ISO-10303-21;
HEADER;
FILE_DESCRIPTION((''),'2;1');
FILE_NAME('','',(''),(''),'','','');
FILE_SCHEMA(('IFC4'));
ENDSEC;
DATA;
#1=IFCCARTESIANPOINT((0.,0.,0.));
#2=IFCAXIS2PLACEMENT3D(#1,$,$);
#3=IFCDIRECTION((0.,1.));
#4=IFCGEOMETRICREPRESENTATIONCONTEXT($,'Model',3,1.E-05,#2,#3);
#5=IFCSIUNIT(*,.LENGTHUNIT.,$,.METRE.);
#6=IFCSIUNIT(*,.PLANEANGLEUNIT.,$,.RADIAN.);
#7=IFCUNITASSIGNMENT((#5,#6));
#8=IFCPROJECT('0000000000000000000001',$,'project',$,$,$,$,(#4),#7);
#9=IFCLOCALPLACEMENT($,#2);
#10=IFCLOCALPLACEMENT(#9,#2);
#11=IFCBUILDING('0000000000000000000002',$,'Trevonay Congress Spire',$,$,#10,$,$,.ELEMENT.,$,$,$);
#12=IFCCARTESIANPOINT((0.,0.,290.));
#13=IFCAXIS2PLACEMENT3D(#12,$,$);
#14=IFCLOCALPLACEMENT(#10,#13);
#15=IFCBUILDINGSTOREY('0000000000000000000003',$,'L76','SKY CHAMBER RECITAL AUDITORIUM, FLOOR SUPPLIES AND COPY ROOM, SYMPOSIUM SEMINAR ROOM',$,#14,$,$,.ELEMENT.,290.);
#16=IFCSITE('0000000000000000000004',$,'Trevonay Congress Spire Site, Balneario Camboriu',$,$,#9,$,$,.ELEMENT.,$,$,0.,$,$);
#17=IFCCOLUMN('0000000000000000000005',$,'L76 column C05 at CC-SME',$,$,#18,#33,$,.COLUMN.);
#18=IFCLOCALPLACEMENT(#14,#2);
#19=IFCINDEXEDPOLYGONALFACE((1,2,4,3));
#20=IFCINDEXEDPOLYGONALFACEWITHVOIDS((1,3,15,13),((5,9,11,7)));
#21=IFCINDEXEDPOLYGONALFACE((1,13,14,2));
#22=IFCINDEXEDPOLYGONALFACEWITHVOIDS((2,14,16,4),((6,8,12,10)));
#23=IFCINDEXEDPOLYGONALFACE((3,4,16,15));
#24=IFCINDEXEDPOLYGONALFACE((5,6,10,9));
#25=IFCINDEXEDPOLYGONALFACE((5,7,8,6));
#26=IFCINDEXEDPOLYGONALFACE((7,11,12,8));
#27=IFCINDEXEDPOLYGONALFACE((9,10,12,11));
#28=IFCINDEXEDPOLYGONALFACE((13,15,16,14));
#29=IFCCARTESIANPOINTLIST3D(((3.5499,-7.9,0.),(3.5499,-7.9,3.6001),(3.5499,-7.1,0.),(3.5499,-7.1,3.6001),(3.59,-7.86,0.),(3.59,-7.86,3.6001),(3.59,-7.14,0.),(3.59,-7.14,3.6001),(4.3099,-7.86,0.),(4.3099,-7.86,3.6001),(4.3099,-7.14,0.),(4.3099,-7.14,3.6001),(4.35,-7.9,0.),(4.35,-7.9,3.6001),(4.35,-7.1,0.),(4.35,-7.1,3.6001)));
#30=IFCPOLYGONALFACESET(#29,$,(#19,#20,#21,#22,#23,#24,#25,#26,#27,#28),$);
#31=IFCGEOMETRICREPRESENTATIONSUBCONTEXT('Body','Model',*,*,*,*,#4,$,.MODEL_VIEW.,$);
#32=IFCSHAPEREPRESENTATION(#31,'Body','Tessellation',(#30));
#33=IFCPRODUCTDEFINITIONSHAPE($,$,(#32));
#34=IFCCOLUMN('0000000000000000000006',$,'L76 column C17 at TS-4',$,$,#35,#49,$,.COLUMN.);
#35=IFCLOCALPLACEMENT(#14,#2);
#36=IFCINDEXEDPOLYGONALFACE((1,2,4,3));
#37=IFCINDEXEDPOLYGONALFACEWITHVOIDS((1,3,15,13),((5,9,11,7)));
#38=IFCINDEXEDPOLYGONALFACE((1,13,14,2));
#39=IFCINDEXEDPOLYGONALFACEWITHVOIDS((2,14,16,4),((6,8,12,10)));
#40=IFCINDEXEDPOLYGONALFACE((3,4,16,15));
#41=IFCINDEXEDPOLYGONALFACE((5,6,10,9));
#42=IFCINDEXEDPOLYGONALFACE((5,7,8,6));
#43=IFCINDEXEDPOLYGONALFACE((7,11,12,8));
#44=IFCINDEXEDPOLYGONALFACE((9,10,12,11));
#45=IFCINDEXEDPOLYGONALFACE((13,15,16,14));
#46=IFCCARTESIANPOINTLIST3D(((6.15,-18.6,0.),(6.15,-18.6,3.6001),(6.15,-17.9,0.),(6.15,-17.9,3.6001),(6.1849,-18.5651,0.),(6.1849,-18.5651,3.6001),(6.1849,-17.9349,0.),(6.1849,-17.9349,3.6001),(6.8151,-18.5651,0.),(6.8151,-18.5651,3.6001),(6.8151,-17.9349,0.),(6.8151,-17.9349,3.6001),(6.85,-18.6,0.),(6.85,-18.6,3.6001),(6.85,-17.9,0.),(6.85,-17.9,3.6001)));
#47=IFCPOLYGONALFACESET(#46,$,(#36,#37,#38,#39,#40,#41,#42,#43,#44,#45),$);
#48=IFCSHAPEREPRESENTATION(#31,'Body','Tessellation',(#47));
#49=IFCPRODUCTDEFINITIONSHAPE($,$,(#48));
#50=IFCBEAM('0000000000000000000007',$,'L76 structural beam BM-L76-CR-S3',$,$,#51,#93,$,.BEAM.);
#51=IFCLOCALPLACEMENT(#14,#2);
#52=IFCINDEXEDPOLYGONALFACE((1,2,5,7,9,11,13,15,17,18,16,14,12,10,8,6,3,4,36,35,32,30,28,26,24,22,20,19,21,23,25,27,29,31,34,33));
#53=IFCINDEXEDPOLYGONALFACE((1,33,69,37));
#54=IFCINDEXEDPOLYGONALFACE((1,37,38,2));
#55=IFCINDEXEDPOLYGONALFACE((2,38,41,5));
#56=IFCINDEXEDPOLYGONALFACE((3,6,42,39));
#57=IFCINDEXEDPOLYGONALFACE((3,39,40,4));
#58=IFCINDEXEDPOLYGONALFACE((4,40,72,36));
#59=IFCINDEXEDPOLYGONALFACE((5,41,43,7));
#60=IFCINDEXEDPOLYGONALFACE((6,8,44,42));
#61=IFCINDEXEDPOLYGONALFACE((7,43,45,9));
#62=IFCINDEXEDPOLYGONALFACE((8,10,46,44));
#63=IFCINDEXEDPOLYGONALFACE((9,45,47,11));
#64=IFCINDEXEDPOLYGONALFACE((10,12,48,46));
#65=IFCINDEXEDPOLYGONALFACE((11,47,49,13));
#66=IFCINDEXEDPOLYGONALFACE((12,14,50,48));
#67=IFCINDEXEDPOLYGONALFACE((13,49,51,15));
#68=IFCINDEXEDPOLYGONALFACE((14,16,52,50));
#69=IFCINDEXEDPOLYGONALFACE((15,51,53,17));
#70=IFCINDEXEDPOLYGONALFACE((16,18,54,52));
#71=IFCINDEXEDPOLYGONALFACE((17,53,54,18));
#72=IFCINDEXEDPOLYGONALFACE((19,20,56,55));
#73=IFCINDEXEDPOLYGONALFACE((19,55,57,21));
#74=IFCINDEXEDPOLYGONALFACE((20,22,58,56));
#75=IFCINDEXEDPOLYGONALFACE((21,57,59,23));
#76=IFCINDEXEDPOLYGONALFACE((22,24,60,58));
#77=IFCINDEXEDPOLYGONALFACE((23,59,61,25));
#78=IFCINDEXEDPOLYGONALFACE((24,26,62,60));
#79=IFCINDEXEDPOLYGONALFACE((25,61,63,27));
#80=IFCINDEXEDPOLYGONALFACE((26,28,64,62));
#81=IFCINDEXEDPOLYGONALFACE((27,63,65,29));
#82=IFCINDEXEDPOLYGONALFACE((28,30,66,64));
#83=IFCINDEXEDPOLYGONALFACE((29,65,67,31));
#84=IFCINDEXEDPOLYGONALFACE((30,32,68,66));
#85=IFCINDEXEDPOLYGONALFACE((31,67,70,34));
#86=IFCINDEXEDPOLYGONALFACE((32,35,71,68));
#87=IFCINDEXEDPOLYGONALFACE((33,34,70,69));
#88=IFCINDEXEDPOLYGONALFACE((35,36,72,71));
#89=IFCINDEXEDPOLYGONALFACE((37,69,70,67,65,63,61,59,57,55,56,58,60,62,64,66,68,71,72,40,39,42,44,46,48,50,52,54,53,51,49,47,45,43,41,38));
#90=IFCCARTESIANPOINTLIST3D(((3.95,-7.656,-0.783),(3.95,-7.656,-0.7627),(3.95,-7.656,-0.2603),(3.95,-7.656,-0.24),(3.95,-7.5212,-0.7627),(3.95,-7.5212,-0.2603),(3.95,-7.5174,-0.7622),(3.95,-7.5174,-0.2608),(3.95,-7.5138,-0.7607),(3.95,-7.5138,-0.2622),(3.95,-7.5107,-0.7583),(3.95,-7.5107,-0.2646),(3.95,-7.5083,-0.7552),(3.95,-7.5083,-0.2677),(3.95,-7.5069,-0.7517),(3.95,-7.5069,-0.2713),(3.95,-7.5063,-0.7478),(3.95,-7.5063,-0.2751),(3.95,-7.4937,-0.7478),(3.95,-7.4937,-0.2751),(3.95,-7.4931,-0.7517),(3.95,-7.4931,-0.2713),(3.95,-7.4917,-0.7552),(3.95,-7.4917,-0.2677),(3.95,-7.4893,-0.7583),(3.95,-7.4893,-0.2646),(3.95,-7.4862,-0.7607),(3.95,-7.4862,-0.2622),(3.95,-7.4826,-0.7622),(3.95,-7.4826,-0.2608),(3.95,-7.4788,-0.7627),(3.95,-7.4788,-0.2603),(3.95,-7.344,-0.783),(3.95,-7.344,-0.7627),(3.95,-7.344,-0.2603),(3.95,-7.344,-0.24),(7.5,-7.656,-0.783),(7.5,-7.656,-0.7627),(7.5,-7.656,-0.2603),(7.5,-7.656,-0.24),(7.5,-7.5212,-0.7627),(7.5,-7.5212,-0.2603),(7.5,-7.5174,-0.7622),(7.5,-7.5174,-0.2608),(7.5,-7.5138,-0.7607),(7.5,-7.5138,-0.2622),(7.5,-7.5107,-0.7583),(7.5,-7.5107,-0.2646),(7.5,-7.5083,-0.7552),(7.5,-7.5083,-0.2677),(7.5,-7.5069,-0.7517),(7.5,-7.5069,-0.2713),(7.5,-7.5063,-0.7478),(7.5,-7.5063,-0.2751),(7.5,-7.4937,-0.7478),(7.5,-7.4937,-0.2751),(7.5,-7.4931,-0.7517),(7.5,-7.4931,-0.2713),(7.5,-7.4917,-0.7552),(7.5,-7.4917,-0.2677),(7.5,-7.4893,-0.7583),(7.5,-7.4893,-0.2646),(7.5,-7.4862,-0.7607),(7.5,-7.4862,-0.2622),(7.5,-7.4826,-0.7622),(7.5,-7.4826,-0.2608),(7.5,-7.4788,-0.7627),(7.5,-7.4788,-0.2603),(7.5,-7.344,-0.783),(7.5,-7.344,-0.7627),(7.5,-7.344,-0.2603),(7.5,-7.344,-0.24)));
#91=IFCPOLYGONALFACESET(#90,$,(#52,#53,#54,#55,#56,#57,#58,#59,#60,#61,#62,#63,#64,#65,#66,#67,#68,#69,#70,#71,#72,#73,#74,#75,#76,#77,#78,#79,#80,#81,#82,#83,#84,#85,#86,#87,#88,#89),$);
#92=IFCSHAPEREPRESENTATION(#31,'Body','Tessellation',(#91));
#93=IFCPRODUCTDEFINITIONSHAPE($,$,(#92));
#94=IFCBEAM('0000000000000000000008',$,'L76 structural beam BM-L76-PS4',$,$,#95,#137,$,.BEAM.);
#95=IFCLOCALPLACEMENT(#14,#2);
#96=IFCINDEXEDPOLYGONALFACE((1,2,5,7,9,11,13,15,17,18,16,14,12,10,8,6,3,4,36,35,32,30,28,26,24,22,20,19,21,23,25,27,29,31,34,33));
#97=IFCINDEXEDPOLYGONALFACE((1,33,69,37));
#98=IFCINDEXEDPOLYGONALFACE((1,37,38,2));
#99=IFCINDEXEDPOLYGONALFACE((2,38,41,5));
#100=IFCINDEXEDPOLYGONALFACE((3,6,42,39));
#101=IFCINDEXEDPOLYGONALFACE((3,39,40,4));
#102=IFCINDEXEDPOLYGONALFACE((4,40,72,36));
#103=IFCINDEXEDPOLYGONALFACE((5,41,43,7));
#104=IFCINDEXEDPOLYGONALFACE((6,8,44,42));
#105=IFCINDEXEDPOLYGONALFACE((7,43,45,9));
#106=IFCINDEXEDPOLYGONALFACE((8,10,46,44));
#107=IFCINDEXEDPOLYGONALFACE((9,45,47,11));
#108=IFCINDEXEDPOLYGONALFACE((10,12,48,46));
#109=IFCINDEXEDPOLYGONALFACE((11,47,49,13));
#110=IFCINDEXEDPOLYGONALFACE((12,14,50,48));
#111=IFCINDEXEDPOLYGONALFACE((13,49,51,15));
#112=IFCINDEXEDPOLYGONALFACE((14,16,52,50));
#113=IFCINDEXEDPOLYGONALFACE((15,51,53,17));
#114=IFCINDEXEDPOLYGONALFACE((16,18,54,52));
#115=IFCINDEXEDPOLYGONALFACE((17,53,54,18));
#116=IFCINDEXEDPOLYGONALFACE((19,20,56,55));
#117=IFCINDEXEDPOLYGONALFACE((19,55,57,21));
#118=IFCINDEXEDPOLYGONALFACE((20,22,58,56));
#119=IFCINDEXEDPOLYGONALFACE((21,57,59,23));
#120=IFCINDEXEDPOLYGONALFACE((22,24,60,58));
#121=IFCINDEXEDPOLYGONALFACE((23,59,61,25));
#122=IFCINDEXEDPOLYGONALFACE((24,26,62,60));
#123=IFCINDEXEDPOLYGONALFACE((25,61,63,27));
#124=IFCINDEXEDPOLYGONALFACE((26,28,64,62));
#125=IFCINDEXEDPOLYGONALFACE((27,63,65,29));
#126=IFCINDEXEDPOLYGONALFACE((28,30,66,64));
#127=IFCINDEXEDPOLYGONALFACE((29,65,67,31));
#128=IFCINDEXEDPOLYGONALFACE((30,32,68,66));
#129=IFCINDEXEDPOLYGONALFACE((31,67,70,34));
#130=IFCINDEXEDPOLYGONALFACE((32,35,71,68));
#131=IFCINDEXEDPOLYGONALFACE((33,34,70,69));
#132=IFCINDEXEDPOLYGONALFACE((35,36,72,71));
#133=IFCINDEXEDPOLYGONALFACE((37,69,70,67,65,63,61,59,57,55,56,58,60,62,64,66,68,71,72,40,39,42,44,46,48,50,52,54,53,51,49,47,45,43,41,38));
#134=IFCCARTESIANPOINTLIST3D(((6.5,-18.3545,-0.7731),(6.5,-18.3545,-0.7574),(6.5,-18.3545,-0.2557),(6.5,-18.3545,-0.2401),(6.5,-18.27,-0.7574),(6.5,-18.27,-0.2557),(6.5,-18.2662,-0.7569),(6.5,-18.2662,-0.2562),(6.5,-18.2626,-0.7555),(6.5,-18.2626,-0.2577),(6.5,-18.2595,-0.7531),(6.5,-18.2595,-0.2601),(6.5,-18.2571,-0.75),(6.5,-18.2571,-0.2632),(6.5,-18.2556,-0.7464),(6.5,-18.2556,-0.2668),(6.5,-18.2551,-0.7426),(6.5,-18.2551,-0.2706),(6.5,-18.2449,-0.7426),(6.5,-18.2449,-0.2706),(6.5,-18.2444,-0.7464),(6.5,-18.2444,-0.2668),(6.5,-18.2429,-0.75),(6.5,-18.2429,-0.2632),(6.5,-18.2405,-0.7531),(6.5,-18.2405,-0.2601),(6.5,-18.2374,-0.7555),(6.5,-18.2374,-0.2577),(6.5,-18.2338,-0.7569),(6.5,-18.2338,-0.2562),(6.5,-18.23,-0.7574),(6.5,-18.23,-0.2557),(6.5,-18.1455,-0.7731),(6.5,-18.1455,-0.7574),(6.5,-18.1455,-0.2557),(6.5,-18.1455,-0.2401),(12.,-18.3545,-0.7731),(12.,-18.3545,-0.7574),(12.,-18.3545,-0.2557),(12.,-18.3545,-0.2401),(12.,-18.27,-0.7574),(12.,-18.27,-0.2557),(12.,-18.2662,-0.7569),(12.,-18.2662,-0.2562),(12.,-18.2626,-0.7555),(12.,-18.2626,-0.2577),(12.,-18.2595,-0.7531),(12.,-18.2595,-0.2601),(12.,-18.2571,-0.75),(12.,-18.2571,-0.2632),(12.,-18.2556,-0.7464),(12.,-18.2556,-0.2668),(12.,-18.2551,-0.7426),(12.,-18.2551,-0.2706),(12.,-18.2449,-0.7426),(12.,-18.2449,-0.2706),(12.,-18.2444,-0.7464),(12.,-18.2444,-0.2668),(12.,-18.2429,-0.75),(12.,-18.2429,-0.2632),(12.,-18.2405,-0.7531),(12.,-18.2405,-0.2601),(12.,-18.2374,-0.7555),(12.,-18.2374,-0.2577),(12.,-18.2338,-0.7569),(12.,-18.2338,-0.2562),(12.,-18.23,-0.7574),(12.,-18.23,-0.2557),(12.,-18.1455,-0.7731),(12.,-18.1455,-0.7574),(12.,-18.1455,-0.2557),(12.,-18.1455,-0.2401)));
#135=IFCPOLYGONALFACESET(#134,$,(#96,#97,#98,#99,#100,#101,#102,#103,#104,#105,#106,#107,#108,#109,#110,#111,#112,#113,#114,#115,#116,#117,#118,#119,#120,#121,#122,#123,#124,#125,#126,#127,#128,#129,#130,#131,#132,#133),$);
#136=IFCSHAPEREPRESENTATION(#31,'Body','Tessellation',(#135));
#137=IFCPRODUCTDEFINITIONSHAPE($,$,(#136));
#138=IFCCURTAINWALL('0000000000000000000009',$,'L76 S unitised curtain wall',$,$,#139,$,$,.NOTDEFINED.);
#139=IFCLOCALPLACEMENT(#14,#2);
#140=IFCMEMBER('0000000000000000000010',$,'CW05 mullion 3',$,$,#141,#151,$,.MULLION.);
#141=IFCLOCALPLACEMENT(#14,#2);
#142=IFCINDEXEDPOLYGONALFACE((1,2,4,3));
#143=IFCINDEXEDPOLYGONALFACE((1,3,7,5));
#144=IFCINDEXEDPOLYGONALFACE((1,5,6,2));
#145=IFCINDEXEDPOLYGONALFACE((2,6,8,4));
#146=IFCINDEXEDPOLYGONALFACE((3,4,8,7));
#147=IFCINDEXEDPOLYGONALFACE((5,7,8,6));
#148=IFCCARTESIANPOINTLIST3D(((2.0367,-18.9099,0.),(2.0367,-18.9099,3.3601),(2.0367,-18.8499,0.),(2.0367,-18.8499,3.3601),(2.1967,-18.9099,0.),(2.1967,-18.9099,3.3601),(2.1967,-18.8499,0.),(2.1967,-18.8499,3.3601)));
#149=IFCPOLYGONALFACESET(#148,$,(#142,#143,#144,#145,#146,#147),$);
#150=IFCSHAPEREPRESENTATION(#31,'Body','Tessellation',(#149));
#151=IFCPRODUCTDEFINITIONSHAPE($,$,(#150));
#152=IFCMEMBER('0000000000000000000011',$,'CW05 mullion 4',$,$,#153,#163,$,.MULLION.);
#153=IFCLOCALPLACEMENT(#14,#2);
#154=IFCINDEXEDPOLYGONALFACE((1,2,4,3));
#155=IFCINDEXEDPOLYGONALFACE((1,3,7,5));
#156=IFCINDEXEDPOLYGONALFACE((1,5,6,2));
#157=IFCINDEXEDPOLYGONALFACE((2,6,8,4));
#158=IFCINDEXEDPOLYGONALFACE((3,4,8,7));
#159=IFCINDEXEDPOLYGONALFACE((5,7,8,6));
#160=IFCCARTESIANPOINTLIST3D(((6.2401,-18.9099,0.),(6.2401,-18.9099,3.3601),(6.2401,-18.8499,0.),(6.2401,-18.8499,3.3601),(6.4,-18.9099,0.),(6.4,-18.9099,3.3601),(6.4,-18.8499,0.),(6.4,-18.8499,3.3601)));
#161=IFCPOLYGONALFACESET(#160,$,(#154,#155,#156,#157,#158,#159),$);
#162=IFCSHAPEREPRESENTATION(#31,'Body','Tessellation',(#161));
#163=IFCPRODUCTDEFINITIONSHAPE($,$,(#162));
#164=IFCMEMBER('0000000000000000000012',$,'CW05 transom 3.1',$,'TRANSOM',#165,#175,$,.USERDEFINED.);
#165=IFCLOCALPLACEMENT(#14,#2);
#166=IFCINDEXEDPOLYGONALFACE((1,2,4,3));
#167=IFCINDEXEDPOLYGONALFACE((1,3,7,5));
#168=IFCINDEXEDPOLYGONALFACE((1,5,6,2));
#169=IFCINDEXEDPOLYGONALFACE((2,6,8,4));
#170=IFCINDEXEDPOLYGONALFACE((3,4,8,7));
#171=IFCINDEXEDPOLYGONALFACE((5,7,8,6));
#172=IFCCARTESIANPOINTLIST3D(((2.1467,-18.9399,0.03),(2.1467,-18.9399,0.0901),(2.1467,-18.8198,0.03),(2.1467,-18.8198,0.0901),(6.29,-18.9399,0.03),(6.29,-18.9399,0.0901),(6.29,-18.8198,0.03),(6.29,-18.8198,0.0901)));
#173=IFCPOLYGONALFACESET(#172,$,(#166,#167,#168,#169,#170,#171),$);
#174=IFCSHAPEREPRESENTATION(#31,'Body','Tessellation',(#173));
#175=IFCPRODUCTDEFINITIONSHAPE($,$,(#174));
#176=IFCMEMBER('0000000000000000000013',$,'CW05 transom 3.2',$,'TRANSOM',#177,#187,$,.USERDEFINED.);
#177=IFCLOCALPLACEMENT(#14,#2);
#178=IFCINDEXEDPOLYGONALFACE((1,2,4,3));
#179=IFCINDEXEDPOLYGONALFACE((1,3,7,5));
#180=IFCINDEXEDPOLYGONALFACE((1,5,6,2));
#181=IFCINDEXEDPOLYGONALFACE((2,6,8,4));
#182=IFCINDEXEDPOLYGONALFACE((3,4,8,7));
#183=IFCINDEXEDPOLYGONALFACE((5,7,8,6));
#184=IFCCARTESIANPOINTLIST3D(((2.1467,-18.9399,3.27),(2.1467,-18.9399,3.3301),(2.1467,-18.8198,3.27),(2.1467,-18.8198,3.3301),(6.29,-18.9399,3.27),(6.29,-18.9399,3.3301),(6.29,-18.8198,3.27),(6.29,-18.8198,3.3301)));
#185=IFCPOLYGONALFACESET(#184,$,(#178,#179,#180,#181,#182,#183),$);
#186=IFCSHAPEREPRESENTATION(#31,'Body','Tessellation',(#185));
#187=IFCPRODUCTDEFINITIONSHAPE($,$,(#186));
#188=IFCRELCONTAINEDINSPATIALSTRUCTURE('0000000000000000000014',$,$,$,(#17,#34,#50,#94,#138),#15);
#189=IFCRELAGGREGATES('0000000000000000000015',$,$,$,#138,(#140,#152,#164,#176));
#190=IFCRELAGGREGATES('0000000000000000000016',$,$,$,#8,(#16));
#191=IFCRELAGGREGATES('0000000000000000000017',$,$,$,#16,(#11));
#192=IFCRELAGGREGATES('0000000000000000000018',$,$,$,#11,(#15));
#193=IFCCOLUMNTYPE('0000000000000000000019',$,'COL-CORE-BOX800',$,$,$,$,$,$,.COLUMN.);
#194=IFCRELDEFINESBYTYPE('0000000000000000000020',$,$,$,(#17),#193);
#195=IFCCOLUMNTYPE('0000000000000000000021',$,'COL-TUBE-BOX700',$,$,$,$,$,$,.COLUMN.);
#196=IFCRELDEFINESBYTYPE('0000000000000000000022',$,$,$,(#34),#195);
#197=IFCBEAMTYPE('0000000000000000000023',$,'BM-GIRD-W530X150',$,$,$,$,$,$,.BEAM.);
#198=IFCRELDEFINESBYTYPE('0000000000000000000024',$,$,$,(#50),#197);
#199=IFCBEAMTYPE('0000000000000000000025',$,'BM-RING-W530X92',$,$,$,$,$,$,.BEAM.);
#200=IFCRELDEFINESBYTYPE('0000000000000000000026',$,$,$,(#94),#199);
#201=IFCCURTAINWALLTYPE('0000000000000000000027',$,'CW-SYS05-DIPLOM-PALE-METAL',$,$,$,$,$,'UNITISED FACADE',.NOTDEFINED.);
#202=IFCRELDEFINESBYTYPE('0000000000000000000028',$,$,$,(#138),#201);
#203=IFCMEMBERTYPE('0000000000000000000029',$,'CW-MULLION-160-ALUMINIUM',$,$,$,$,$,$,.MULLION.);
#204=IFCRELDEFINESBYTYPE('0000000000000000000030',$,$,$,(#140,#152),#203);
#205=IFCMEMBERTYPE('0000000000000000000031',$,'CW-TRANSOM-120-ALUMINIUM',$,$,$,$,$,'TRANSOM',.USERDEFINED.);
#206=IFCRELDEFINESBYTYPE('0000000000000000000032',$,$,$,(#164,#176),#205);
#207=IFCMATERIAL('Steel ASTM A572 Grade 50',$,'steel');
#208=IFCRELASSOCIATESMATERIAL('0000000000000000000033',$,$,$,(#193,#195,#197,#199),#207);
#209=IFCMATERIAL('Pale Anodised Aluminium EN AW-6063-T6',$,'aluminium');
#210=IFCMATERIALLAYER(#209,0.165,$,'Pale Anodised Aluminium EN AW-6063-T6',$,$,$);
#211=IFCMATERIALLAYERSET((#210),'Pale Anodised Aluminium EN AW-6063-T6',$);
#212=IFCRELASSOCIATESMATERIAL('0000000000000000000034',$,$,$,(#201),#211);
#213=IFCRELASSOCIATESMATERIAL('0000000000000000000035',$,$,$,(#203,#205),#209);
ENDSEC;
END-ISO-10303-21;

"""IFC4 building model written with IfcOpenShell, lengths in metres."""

from ifc_helpers import new_model, si_unit, direction, frame, origin, origin_2d, place, context, subcontext, project, spatial, rectangle, hollow_rectangle, i_section, extrude, material, layer, layer_set, material_profile, profile_set, type_object, element, aggregate, save


model = new_model("IFC4")

# Units and contexts
model_context = context("Model", 3, precision=1e-05, world=origin(), true_north=direction((0.0, 1.0)))
body_context = subcontext(model_context, "Body", "Model", "MODEL_VIEW")
ifc_project = project(units=[si_unit("LENGTHUNIT", "METRE"), si_unit("PLANEANGLEUNIT", "RADIAN")], contexts=[model_context])

# Site, building, storey
site_placement = place(None, origin())
site = spatial("IfcSite", under=ifc_project, at=site_placement, Name="Trevonay Congress Spire Site, Balneario Camboriu", CompositionType="ELEMENT", RefElevation=0.0)
building_placement = place(site_placement, origin())
building = spatial("IfcBuilding", under=site, at=building_placement, Name="Trevonay Congress Spire", CompositionType="ELEMENT")
storey_placement = place(building_placement, frame((0.0, 0.0, 290.0)))
storey = spatial("IfcBuildingStorey", under=building, at=storey_placement, Name="L76", Description="SKY CHAMBER RECITAL AUDITORIUM, FLOOR SUPPLIES AND COPY ROOM, SYMPOSIUM SEMINAR ROOM", CompositionType="ELEMENT", Elevation=290.0)

# Columns
ifc_material_1 = material(Name="Steel ASTM A572 Grade 50", Category="steel")
ifc_material_profile_1 = material_profile(ifc_material_1, hollow_rectangle(XDim=0.8, YDim=0.8, WallThickness=0.04, at=origin_2d()), Name="BOX 800x800x40")
ifc_profile_set_1 = profile_set([ifc_material_profile_1], Name="Steel ASTM A572 Grade 50")
column_type_1 = type_object("IfcColumnType", Name="COL-CORE-BOX800", PredefinedType="COLUMN", material=ifc_profile_set_1)
column_1_placement = place(storey_placement, frame((3.95, -7.5, 0.0), z_axis=(0.0, 0.0, 1.0), x_axis=(1.0, 0.0, 0.0)))
element("IfcColumn", 1, at=column_1_placement, inside=storey, type_object=column_type_1, Name="L76 column C05 at CC-SME", PredefinedType="COLUMN", context=body_context, shape_type="SweptSolid", body=[
    extrude(hollow_rectangle(XDim=0.8, YDim=0.8, WallThickness=0.04, at=origin_2d()), origin(), (0.0, 0.0, 1.0), 3.6001),
])
ifc_material_profile_2 = material_profile(ifc_material_1, hollow_rectangle(XDim=0.7, YDim=0.7, WallThickness=0.0349, at=origin_2d()), Name="BOX 700x700x35")
ifc_profile_set_2 = profile_set([ifc_material_profile_2], Name="Steel ASTM A572 Grade 50")
column_type_2 = type_object("IfcColumnType", Name="COL-TUBE-BOX700", PredefinedType="COLUMN", material=ifc_profile_set_2)
column_2_placement = place(storey_placement, frame((6.5, -18.25, 0.0), z_axis=(0.0, 0.0, 1.0), x_axis=(1.0, 0.0, 0.0)))
element("IfcColumn", 2, at=column_2_placement, inside=storey, type_object=column_type_2, Name="L76 column C17 at TS-4", PredefinedType="COLUMN", context=body_context, shape_type="SweptSolid", body=[
    extrude(hollow_rectangle(XDim=0.7, YDim=0.7, WallThickness=0.0349, at=origin_2d()), origin(), (0.0, 0.0, 1.0), 3.6001),
])

# Beams
ifc_material_profile_3 = material_profile(ifc_material_1, i_section(OverallWidth=0.312, OverallDepth=0.543, WebThickness=0.0127, FlangeThickness=0.0203, FilletRadius=0.0149, at=origin_2d()), Name="W530x150")
ifc_profile_set_3 = profile_set([ifc_material_profile_3], Name="Steel ASTM A572 Grade 50")
beam_type_1 = type_object("IfcBeamType", Name="BM-GIRD-W530X150", PredefinedType="BEAM", material=ifc_profile_set_3)
beam_1_placement = place(storey_placement, frame((3.95, -7.5, -0.5115), z_axis=(1.0, 0.0, 0.0), x_axis=(0.0, 1.0, 0.0)))
element("IfcBeam", 3, at=beam_1_placement, inside=storey, type_object=beam_type_1, Name="L76 structural beam BM-L76-CR-S3", PredefinedType="BEAM", context=body_context, shape_type="SweptSolid", body=[
    extrude(i_section(OverallWidth=0.312, OverallDepth=0.543, WebThickness=0.0127, FlangeThickness=0.0203, FilletRadius=0.0149, at=origin_2d()), origin(), (0.0, 0.0, 1.0), 3.55),
])
ifc_material_profile_4 = material_profile(ifc_material_1, i_section(OverallWidth=0.209, OverallDepth=0.533, WebThickness=0.0103, FlangeThickness=0.0156, FilletRadius=0.0149, at=origin_2d()), Name="W530x92")
ifc_profile_set_4 = profile_set([ifc_material_profile_4], Name="Steel ASTM A572 Grade 50")
beam_type_2 = type_object("IfcBeamType", Name="BM-RING-W530X92", PredefinedType="BEAM", material=ifc_profile_set_4)
beam_2_placement = place(storey_placement, frame((6.5, -18.25, -0.5066), z_axis=(1.0, 0.0, 0.0), x_axis=(0.0, 1.0, 0.0)))
element("IfcBeam", 4, at=beam_2_placement, inside=storey, type_object=beam_type_2, Name="L76 structural beam BM-L76-PS4", PredefinedType="BEAM", context=body_context, shape_type="SweptSolid", body=[
    extrude(i_section(OverallWidth=0.209, OverallDepth=0.533, WebThickness=0.0103, FlangeThickness=0.0156, FilletRadius=0.0149, at=origin_2d()), origin(), (0.0, 0.0, 1.0), 5.5),
])

# Curtain wall, members
ifc_material_2 = material(Name="Pale Anodised Aluminium EN AW-6063-T6", Category="aluminium")
ifc_layer_1 = layer(ifc_material_2, 0.165, Name="Pale Anodised Aluminium EN AW-6063-T6")
ifc_layer_set_1 = layer_set([ifc_layer_1], Name="Pale Anodised Aluminium EN AW-6063-T6")
curtain_wall_type = type_object("IfcCurtainWallType", Name="CW-SYS05-DIPLOM-PALE-METAL", ElementType="UNITISED FACADE", PredefinedType="NOTDEFINED", material=ifc_layer_set_1)
curtain_wall_placement = place(storey_placement, origin())
curtain_wall = element("IfcCurtainWall", 5, at=curtain_wall_placement, inside=storey, type_object=curtain_wall_type, Name="L76 S unitised curtain wall", PredefinedType="NOTDEFINED")
ifc_material_profile_5 = material_profile(ifc_material_2, rectangle(XDim=0.0601, YDim=0.1599, at=origin_2d()), Name="CW-MULLION-160-ALUMINIUM")
ifc_profile_set_5 = profile_set([ifc_material_profile_5], Name="Pale Anodised Aluminium EN AW-6063-T6")
member_type_1 = type_object("IfcMemberType", Name="CW-MULLION-160-ALUMINIUM", PredefinedType="MULLION", material=ifc_profile_set_5)
member_1_placement = place(storey_placement, frame((2.1167, -18.8799, 0.0), z_axis=(0.0, 0.0, 1.0), x_axis=(0.0, 1.0, 0.0)))
member_1 = element("IfcMember", 6, at=member_1_placement, type_object=member_type_1, Name="CW05 mullion 3", PredefinedType="MULLION", context=body_context, shape_type="SweptSolid", body=[
    extrude(rectangle(XDim=0.0601, YDim=0.1599, at=origin_2d()), origin(), (0.0, 0.0, 1.0), 3.3601),
])
member_2_placement = place(storey_placement, frame((6.3201, -18.8799, 0.0), z_axis=(0.0, 0.0, 1.0), x_axis=(0.0, 1.0, 0.0)))
member_2 = element("IfcMember", 7, at=member_2_placement, type_object=member_type_1, Name="CW05 mullion 4", PredefinedType="MULLION", context=body_context, shape_type="SweptSolid", body=[
    extrude(rectangle(XDim=0.0601, YDim=0.1599, at=origin_2d()), origin(), (0.0, 0.0, 1.0), 3.3601),
])
ifc_material_profile_6 = material_profile(ifc_material_2, rectangle(XDim=0.1201, YDim=0.0601, at=origin_2d()), Name="CW-TRANSOM-120-ALUMINIUM")
ifc_profile_set_6 = profile_set([ifc_material_profile_6], Name="Pale Anodised Aluminium EN AW-6063-T6")
member_type_2 = type_object("IfcMemberType", Name="CW-TRANSOM-120-ALUMINIUM", ElementType="TRANSOM", PredefinedType="USERDEFINED", material=ifc_profile_set_6)
member_3_placement = place(storey_placement, frame((2.1467, -18.8799, 0.0601), z_axis=(1.0, 0.0, 0.0), x_axis=(0.0, 1.0, 0.0)))
member_3 = element("IfcMember", 8, at=member_3_placement, type_object=member_type_2, Name="CW05 transom 3.1", ObjectType="TRANSOM", PredefinedType="USERDEFINED", context=body_context, shape_type="SweptSolid", body=[
    extrude(rectangle(XDim=0.1201, YDim=0.0601, at=origin_2d()), origin(), (0.0, 0.0, 1.0), 4.1433),
])
member_4_placement = place(storey_placement, frame((2.1467, -18.8799, 3.3), z_axis=(1.0, 0.0, 0.0), x_axis=(0.0, 1.0, 0.0)))
member_4 = element("IfcMember", 9, at=member_4_placement, type_object=member_type_2, Name="CW05 transom 3.2", ObjectType="TRANSOM", PredefinedType="USERDEFINED", context=body_context, shape_type="SweptSolid", body=[
    extrude(rectangle(XDim=0.1201, YDim=0.0601, at=origin_2d()), origin(), (0.0, 0.0, 1.0), 4.1433),
])

aggregate(curtain_wall, [member_1, member_2, member_3, member_4])

save(model, "model.ifc")
